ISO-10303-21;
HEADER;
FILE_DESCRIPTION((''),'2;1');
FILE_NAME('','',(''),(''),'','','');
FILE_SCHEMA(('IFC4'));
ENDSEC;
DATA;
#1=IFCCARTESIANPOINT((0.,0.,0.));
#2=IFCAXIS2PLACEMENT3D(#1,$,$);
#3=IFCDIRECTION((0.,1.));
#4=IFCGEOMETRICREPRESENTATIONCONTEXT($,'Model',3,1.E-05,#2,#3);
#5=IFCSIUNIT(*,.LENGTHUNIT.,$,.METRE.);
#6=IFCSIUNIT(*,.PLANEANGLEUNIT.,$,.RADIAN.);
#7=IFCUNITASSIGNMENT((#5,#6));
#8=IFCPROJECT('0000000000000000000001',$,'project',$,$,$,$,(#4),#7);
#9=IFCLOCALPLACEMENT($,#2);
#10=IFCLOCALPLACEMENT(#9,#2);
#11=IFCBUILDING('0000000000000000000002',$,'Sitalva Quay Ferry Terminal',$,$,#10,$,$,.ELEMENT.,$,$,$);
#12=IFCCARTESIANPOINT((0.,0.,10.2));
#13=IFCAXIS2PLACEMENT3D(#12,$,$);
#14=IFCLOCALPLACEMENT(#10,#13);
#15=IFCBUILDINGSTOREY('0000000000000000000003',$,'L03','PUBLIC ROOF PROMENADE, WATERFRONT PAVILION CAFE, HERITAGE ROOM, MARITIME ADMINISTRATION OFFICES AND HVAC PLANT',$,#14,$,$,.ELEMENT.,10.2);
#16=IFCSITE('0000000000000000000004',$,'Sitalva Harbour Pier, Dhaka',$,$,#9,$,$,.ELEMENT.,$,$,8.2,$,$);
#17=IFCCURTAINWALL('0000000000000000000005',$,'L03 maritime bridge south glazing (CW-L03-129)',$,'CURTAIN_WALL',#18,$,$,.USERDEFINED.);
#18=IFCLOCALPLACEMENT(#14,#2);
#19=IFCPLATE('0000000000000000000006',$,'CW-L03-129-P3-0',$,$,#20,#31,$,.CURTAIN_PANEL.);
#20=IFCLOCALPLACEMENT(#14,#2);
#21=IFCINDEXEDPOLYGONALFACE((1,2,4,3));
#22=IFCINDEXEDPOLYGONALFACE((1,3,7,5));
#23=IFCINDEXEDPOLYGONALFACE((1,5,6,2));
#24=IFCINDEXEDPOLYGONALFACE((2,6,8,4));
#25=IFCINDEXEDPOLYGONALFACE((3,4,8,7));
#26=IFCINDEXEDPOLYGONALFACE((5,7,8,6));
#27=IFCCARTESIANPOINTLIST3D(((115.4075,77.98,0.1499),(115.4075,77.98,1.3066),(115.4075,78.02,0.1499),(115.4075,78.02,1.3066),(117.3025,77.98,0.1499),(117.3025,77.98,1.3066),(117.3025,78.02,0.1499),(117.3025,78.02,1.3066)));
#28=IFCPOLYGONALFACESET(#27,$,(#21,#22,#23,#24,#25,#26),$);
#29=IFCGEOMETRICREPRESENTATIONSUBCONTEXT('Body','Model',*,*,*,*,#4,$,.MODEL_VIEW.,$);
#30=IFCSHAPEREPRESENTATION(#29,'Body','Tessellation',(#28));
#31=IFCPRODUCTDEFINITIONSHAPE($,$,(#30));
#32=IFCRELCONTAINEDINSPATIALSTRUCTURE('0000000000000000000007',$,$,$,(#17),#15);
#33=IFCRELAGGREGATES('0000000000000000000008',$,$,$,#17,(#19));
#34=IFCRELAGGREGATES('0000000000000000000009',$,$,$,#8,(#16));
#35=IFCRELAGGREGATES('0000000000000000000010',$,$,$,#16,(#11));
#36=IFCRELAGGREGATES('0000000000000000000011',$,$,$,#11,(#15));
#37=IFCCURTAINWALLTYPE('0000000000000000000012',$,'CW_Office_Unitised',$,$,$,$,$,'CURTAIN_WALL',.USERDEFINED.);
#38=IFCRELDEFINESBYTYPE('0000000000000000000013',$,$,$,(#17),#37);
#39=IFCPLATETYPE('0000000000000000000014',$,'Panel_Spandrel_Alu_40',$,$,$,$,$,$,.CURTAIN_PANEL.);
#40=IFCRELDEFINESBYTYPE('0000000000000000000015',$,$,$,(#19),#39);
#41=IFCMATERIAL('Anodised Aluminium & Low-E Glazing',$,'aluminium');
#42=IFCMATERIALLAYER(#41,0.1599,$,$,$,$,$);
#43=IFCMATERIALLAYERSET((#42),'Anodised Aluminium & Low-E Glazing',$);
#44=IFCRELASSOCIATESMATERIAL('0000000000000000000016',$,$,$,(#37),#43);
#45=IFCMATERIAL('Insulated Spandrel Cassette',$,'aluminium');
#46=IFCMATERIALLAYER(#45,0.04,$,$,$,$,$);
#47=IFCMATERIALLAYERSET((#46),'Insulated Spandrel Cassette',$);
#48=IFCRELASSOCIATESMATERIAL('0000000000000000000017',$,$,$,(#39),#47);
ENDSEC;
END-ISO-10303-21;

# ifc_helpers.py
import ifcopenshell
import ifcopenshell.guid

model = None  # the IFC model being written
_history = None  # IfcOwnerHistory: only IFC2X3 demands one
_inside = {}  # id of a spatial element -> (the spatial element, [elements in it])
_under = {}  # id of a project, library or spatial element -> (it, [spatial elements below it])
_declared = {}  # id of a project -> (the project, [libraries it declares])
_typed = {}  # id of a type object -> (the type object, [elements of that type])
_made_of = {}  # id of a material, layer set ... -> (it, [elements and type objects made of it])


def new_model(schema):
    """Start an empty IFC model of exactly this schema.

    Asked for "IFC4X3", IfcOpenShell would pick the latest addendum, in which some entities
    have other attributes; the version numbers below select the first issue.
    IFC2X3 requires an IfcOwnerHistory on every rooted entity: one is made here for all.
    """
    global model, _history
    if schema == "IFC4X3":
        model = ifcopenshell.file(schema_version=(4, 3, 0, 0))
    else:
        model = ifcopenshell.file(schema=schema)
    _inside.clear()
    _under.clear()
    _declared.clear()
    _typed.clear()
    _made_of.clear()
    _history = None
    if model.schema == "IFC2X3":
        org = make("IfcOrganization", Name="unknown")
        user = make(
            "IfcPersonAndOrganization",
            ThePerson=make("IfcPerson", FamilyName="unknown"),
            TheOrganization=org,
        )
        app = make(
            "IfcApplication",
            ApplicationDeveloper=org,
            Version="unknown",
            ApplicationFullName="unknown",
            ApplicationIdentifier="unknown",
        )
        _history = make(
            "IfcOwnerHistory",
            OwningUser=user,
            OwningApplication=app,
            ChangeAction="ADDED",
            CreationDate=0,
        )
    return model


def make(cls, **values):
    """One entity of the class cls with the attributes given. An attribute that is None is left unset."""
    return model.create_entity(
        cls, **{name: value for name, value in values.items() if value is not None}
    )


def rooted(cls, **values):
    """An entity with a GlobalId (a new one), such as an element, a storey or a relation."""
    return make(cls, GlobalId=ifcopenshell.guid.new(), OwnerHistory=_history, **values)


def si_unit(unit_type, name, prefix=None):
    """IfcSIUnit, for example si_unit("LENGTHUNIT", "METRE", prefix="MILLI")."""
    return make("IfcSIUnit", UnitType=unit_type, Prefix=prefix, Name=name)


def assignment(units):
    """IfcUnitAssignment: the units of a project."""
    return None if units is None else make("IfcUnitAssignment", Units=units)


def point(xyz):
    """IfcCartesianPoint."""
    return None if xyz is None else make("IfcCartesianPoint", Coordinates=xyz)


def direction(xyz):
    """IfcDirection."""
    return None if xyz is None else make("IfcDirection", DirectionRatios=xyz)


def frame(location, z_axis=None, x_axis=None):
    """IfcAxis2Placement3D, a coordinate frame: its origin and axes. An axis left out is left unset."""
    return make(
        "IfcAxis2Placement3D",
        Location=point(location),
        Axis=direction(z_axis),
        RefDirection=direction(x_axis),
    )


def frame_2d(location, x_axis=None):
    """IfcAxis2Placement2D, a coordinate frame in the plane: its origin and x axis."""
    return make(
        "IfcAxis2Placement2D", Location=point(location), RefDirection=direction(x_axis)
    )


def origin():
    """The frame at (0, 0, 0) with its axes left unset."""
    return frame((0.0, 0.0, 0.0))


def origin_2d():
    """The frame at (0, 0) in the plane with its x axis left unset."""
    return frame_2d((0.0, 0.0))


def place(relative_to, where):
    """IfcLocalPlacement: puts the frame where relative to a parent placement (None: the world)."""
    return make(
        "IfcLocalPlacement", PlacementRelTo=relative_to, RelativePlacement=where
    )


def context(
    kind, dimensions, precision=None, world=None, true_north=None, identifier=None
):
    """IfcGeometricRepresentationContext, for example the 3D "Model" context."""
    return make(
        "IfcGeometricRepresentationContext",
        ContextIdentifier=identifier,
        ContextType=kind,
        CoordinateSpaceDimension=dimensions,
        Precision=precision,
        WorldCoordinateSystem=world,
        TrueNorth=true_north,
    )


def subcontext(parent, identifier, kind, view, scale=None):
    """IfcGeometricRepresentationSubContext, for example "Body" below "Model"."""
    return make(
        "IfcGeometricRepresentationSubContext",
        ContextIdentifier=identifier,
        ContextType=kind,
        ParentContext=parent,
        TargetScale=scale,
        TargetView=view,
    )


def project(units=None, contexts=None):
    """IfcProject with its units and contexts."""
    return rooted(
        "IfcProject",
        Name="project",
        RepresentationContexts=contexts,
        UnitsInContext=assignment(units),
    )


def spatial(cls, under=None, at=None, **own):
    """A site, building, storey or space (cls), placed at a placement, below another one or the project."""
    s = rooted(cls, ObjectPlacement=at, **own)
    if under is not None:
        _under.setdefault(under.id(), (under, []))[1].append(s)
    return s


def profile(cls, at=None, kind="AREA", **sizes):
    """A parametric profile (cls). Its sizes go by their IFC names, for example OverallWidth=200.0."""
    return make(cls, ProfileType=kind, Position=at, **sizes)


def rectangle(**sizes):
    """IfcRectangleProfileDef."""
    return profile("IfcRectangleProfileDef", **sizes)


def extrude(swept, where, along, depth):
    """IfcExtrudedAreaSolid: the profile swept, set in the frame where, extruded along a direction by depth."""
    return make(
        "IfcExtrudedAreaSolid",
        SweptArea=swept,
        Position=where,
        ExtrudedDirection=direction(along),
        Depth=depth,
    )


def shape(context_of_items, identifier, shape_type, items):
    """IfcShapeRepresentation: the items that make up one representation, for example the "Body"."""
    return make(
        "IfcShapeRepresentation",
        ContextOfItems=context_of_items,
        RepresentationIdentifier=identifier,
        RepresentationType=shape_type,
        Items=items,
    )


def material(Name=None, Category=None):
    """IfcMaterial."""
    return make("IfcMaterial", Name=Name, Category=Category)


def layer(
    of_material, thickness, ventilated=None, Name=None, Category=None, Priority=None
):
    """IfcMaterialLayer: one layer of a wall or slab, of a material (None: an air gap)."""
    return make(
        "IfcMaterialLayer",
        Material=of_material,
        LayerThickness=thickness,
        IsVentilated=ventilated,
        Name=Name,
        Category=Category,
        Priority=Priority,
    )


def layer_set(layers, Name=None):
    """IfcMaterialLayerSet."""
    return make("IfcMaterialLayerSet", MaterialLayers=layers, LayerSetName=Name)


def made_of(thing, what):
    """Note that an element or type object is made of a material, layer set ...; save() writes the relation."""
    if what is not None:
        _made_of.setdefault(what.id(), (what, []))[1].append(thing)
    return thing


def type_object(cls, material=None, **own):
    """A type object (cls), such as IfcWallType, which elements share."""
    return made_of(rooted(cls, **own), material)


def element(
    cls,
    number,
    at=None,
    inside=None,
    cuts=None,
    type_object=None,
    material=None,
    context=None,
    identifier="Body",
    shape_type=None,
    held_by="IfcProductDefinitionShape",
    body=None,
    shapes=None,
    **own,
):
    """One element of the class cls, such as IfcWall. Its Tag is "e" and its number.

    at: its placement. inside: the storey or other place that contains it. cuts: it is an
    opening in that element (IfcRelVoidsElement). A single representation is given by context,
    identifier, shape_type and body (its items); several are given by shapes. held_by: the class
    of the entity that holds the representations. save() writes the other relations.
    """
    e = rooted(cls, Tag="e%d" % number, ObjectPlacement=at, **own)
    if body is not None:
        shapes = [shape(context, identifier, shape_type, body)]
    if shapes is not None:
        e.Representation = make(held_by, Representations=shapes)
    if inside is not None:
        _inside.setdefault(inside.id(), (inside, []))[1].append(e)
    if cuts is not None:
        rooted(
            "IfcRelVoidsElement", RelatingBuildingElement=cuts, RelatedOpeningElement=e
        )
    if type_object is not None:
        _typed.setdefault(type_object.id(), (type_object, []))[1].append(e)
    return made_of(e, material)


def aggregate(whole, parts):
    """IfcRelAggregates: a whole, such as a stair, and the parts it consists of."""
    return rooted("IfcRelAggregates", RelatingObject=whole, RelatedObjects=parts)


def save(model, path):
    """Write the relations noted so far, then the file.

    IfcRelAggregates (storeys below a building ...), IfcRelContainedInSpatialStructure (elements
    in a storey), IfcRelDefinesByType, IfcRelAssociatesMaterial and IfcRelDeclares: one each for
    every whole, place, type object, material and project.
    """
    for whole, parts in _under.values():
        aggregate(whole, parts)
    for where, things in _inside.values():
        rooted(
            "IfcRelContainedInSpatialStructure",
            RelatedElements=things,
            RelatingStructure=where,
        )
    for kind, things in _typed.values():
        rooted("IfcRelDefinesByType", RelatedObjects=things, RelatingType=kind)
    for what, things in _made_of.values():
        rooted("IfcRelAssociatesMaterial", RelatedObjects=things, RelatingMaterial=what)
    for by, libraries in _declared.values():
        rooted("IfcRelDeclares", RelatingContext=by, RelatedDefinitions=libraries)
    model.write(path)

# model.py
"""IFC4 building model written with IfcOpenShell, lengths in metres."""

from ifc_helpers import new_model, si_unit, direction, frame, origin, origin_2d, place, context, subcontext, project, spatial, rectangle, extrude, material, layer, layer_set, type_object, element, aggregate, save


model = new_model("IFC4")

# Units and contexts
model_context = context("Model", 3, precision=1e-05, world=origin(), true_north=direction((0.0, 1.0)))
body_context = subcontext(model_context, "Body", "Model", "MODEL_VIEW")
ifc_project = project(units=[si_unit("LENGTHUNIT", "METRE"), si_unit("PLANEANGLEUNIT", "RADIAN")], contexts=[model_context])

# Site, building, storey
site_placement = place(None, origin())
site = spatial("IfcSite", under=ifc_project, at=site_placement, Name="Sitalva Harbour Pier, Dhaka", CompositionType="ELEMENT", RefElevation=8.2)
building_placement = place(site_placement, origin())
building = spatial("IfcBuilding", under=site, at=building_placement, Name="Sitalva Quay Ferry Terminal", CompositionType="ELEMENT")
storey_placement = place(building_placement, frame((0.0, 0.0, 10.2)))
storey = spatial("IfcBuildingStorey", under=building, at=storey_placement, Name="L03", Description="PUBLIC ROOF PROMENADE, WATERFRONT PAVILION CAFE, HERITAGE ROOM, MARITIME ADMINISTRATION OFFICES AND HVAC PLANT", CompositionType="ELEMENT", Elevation=10.2)

# Curtain wall
ifc_material_1 = material(Name="Anodised Aluminium & Low-E Glazing", Category="aluminium")
ifc_layer_1 = layer(ifc_material_1, 0.1599)
ifc_layer_set_1 = layer_set([ifc_layer_1], Name="Anodised Aluminium & Low-E Glazing")
curtain_wall_type = type_object("IfcCurtainWallType", Name="CW_Office_Unitised", ElementType="CURTAIN_WALL", PredefinedType="USERDEFINED", material=ifc_layer_set_1)
curtain_wall_1_placement = place(storey_placement, origin())
curtain_wall_1 = element("IfcCurtainWall", 1, at=curtain_wall_1_placement, inside=storey, type_object=curtain_wall_type, Name="L03 maritime bridge south glazing (CW-L03-129)", ObjectType="CURTAIN_WALL", PredefinedType="USERDEFINED")

# Plate
ifc_material_2 = material(Name="Insulated Spandrel Cassette", Category="aluminium")
ifc_layer_2 = layer(ifc_material_2, 0.04)
ifc_layer_set_2 = layer_set([ifc_layer_2], Name="Insulated Spandrel Cassette")
plate_type_1 = type_object("IfcPlateType", Name="Panel_Spandrel_Alu_40", PredefinedType="CURTAIN_PANEL", material=ifc_layer_set_2)
plate_1_placement = place(storey_placement, frame((116.355, 78.0, 0.1499), z_axis=(0.0, 0.0, 1.0), x_axis=(1.0, 0.0, 0.0)))
plate_1 = element("IfcPlate", 2, at=plate_1_placement, type_object=plate_type_1, Name="CW-L03-129-P3-0", PredefinedType="CURTAIN_PANEL", context=body_context, shape_type="SweptSolid", body=[
    extrude(rectangle(XDim=1.895, YDim=0.04, at=origin_2d()), origin(), (0.0, 0.0, 1.0), 1.1567),
])
aggregate(curtain_wall_1, [plate_1])

save(model, "model.ifc")
